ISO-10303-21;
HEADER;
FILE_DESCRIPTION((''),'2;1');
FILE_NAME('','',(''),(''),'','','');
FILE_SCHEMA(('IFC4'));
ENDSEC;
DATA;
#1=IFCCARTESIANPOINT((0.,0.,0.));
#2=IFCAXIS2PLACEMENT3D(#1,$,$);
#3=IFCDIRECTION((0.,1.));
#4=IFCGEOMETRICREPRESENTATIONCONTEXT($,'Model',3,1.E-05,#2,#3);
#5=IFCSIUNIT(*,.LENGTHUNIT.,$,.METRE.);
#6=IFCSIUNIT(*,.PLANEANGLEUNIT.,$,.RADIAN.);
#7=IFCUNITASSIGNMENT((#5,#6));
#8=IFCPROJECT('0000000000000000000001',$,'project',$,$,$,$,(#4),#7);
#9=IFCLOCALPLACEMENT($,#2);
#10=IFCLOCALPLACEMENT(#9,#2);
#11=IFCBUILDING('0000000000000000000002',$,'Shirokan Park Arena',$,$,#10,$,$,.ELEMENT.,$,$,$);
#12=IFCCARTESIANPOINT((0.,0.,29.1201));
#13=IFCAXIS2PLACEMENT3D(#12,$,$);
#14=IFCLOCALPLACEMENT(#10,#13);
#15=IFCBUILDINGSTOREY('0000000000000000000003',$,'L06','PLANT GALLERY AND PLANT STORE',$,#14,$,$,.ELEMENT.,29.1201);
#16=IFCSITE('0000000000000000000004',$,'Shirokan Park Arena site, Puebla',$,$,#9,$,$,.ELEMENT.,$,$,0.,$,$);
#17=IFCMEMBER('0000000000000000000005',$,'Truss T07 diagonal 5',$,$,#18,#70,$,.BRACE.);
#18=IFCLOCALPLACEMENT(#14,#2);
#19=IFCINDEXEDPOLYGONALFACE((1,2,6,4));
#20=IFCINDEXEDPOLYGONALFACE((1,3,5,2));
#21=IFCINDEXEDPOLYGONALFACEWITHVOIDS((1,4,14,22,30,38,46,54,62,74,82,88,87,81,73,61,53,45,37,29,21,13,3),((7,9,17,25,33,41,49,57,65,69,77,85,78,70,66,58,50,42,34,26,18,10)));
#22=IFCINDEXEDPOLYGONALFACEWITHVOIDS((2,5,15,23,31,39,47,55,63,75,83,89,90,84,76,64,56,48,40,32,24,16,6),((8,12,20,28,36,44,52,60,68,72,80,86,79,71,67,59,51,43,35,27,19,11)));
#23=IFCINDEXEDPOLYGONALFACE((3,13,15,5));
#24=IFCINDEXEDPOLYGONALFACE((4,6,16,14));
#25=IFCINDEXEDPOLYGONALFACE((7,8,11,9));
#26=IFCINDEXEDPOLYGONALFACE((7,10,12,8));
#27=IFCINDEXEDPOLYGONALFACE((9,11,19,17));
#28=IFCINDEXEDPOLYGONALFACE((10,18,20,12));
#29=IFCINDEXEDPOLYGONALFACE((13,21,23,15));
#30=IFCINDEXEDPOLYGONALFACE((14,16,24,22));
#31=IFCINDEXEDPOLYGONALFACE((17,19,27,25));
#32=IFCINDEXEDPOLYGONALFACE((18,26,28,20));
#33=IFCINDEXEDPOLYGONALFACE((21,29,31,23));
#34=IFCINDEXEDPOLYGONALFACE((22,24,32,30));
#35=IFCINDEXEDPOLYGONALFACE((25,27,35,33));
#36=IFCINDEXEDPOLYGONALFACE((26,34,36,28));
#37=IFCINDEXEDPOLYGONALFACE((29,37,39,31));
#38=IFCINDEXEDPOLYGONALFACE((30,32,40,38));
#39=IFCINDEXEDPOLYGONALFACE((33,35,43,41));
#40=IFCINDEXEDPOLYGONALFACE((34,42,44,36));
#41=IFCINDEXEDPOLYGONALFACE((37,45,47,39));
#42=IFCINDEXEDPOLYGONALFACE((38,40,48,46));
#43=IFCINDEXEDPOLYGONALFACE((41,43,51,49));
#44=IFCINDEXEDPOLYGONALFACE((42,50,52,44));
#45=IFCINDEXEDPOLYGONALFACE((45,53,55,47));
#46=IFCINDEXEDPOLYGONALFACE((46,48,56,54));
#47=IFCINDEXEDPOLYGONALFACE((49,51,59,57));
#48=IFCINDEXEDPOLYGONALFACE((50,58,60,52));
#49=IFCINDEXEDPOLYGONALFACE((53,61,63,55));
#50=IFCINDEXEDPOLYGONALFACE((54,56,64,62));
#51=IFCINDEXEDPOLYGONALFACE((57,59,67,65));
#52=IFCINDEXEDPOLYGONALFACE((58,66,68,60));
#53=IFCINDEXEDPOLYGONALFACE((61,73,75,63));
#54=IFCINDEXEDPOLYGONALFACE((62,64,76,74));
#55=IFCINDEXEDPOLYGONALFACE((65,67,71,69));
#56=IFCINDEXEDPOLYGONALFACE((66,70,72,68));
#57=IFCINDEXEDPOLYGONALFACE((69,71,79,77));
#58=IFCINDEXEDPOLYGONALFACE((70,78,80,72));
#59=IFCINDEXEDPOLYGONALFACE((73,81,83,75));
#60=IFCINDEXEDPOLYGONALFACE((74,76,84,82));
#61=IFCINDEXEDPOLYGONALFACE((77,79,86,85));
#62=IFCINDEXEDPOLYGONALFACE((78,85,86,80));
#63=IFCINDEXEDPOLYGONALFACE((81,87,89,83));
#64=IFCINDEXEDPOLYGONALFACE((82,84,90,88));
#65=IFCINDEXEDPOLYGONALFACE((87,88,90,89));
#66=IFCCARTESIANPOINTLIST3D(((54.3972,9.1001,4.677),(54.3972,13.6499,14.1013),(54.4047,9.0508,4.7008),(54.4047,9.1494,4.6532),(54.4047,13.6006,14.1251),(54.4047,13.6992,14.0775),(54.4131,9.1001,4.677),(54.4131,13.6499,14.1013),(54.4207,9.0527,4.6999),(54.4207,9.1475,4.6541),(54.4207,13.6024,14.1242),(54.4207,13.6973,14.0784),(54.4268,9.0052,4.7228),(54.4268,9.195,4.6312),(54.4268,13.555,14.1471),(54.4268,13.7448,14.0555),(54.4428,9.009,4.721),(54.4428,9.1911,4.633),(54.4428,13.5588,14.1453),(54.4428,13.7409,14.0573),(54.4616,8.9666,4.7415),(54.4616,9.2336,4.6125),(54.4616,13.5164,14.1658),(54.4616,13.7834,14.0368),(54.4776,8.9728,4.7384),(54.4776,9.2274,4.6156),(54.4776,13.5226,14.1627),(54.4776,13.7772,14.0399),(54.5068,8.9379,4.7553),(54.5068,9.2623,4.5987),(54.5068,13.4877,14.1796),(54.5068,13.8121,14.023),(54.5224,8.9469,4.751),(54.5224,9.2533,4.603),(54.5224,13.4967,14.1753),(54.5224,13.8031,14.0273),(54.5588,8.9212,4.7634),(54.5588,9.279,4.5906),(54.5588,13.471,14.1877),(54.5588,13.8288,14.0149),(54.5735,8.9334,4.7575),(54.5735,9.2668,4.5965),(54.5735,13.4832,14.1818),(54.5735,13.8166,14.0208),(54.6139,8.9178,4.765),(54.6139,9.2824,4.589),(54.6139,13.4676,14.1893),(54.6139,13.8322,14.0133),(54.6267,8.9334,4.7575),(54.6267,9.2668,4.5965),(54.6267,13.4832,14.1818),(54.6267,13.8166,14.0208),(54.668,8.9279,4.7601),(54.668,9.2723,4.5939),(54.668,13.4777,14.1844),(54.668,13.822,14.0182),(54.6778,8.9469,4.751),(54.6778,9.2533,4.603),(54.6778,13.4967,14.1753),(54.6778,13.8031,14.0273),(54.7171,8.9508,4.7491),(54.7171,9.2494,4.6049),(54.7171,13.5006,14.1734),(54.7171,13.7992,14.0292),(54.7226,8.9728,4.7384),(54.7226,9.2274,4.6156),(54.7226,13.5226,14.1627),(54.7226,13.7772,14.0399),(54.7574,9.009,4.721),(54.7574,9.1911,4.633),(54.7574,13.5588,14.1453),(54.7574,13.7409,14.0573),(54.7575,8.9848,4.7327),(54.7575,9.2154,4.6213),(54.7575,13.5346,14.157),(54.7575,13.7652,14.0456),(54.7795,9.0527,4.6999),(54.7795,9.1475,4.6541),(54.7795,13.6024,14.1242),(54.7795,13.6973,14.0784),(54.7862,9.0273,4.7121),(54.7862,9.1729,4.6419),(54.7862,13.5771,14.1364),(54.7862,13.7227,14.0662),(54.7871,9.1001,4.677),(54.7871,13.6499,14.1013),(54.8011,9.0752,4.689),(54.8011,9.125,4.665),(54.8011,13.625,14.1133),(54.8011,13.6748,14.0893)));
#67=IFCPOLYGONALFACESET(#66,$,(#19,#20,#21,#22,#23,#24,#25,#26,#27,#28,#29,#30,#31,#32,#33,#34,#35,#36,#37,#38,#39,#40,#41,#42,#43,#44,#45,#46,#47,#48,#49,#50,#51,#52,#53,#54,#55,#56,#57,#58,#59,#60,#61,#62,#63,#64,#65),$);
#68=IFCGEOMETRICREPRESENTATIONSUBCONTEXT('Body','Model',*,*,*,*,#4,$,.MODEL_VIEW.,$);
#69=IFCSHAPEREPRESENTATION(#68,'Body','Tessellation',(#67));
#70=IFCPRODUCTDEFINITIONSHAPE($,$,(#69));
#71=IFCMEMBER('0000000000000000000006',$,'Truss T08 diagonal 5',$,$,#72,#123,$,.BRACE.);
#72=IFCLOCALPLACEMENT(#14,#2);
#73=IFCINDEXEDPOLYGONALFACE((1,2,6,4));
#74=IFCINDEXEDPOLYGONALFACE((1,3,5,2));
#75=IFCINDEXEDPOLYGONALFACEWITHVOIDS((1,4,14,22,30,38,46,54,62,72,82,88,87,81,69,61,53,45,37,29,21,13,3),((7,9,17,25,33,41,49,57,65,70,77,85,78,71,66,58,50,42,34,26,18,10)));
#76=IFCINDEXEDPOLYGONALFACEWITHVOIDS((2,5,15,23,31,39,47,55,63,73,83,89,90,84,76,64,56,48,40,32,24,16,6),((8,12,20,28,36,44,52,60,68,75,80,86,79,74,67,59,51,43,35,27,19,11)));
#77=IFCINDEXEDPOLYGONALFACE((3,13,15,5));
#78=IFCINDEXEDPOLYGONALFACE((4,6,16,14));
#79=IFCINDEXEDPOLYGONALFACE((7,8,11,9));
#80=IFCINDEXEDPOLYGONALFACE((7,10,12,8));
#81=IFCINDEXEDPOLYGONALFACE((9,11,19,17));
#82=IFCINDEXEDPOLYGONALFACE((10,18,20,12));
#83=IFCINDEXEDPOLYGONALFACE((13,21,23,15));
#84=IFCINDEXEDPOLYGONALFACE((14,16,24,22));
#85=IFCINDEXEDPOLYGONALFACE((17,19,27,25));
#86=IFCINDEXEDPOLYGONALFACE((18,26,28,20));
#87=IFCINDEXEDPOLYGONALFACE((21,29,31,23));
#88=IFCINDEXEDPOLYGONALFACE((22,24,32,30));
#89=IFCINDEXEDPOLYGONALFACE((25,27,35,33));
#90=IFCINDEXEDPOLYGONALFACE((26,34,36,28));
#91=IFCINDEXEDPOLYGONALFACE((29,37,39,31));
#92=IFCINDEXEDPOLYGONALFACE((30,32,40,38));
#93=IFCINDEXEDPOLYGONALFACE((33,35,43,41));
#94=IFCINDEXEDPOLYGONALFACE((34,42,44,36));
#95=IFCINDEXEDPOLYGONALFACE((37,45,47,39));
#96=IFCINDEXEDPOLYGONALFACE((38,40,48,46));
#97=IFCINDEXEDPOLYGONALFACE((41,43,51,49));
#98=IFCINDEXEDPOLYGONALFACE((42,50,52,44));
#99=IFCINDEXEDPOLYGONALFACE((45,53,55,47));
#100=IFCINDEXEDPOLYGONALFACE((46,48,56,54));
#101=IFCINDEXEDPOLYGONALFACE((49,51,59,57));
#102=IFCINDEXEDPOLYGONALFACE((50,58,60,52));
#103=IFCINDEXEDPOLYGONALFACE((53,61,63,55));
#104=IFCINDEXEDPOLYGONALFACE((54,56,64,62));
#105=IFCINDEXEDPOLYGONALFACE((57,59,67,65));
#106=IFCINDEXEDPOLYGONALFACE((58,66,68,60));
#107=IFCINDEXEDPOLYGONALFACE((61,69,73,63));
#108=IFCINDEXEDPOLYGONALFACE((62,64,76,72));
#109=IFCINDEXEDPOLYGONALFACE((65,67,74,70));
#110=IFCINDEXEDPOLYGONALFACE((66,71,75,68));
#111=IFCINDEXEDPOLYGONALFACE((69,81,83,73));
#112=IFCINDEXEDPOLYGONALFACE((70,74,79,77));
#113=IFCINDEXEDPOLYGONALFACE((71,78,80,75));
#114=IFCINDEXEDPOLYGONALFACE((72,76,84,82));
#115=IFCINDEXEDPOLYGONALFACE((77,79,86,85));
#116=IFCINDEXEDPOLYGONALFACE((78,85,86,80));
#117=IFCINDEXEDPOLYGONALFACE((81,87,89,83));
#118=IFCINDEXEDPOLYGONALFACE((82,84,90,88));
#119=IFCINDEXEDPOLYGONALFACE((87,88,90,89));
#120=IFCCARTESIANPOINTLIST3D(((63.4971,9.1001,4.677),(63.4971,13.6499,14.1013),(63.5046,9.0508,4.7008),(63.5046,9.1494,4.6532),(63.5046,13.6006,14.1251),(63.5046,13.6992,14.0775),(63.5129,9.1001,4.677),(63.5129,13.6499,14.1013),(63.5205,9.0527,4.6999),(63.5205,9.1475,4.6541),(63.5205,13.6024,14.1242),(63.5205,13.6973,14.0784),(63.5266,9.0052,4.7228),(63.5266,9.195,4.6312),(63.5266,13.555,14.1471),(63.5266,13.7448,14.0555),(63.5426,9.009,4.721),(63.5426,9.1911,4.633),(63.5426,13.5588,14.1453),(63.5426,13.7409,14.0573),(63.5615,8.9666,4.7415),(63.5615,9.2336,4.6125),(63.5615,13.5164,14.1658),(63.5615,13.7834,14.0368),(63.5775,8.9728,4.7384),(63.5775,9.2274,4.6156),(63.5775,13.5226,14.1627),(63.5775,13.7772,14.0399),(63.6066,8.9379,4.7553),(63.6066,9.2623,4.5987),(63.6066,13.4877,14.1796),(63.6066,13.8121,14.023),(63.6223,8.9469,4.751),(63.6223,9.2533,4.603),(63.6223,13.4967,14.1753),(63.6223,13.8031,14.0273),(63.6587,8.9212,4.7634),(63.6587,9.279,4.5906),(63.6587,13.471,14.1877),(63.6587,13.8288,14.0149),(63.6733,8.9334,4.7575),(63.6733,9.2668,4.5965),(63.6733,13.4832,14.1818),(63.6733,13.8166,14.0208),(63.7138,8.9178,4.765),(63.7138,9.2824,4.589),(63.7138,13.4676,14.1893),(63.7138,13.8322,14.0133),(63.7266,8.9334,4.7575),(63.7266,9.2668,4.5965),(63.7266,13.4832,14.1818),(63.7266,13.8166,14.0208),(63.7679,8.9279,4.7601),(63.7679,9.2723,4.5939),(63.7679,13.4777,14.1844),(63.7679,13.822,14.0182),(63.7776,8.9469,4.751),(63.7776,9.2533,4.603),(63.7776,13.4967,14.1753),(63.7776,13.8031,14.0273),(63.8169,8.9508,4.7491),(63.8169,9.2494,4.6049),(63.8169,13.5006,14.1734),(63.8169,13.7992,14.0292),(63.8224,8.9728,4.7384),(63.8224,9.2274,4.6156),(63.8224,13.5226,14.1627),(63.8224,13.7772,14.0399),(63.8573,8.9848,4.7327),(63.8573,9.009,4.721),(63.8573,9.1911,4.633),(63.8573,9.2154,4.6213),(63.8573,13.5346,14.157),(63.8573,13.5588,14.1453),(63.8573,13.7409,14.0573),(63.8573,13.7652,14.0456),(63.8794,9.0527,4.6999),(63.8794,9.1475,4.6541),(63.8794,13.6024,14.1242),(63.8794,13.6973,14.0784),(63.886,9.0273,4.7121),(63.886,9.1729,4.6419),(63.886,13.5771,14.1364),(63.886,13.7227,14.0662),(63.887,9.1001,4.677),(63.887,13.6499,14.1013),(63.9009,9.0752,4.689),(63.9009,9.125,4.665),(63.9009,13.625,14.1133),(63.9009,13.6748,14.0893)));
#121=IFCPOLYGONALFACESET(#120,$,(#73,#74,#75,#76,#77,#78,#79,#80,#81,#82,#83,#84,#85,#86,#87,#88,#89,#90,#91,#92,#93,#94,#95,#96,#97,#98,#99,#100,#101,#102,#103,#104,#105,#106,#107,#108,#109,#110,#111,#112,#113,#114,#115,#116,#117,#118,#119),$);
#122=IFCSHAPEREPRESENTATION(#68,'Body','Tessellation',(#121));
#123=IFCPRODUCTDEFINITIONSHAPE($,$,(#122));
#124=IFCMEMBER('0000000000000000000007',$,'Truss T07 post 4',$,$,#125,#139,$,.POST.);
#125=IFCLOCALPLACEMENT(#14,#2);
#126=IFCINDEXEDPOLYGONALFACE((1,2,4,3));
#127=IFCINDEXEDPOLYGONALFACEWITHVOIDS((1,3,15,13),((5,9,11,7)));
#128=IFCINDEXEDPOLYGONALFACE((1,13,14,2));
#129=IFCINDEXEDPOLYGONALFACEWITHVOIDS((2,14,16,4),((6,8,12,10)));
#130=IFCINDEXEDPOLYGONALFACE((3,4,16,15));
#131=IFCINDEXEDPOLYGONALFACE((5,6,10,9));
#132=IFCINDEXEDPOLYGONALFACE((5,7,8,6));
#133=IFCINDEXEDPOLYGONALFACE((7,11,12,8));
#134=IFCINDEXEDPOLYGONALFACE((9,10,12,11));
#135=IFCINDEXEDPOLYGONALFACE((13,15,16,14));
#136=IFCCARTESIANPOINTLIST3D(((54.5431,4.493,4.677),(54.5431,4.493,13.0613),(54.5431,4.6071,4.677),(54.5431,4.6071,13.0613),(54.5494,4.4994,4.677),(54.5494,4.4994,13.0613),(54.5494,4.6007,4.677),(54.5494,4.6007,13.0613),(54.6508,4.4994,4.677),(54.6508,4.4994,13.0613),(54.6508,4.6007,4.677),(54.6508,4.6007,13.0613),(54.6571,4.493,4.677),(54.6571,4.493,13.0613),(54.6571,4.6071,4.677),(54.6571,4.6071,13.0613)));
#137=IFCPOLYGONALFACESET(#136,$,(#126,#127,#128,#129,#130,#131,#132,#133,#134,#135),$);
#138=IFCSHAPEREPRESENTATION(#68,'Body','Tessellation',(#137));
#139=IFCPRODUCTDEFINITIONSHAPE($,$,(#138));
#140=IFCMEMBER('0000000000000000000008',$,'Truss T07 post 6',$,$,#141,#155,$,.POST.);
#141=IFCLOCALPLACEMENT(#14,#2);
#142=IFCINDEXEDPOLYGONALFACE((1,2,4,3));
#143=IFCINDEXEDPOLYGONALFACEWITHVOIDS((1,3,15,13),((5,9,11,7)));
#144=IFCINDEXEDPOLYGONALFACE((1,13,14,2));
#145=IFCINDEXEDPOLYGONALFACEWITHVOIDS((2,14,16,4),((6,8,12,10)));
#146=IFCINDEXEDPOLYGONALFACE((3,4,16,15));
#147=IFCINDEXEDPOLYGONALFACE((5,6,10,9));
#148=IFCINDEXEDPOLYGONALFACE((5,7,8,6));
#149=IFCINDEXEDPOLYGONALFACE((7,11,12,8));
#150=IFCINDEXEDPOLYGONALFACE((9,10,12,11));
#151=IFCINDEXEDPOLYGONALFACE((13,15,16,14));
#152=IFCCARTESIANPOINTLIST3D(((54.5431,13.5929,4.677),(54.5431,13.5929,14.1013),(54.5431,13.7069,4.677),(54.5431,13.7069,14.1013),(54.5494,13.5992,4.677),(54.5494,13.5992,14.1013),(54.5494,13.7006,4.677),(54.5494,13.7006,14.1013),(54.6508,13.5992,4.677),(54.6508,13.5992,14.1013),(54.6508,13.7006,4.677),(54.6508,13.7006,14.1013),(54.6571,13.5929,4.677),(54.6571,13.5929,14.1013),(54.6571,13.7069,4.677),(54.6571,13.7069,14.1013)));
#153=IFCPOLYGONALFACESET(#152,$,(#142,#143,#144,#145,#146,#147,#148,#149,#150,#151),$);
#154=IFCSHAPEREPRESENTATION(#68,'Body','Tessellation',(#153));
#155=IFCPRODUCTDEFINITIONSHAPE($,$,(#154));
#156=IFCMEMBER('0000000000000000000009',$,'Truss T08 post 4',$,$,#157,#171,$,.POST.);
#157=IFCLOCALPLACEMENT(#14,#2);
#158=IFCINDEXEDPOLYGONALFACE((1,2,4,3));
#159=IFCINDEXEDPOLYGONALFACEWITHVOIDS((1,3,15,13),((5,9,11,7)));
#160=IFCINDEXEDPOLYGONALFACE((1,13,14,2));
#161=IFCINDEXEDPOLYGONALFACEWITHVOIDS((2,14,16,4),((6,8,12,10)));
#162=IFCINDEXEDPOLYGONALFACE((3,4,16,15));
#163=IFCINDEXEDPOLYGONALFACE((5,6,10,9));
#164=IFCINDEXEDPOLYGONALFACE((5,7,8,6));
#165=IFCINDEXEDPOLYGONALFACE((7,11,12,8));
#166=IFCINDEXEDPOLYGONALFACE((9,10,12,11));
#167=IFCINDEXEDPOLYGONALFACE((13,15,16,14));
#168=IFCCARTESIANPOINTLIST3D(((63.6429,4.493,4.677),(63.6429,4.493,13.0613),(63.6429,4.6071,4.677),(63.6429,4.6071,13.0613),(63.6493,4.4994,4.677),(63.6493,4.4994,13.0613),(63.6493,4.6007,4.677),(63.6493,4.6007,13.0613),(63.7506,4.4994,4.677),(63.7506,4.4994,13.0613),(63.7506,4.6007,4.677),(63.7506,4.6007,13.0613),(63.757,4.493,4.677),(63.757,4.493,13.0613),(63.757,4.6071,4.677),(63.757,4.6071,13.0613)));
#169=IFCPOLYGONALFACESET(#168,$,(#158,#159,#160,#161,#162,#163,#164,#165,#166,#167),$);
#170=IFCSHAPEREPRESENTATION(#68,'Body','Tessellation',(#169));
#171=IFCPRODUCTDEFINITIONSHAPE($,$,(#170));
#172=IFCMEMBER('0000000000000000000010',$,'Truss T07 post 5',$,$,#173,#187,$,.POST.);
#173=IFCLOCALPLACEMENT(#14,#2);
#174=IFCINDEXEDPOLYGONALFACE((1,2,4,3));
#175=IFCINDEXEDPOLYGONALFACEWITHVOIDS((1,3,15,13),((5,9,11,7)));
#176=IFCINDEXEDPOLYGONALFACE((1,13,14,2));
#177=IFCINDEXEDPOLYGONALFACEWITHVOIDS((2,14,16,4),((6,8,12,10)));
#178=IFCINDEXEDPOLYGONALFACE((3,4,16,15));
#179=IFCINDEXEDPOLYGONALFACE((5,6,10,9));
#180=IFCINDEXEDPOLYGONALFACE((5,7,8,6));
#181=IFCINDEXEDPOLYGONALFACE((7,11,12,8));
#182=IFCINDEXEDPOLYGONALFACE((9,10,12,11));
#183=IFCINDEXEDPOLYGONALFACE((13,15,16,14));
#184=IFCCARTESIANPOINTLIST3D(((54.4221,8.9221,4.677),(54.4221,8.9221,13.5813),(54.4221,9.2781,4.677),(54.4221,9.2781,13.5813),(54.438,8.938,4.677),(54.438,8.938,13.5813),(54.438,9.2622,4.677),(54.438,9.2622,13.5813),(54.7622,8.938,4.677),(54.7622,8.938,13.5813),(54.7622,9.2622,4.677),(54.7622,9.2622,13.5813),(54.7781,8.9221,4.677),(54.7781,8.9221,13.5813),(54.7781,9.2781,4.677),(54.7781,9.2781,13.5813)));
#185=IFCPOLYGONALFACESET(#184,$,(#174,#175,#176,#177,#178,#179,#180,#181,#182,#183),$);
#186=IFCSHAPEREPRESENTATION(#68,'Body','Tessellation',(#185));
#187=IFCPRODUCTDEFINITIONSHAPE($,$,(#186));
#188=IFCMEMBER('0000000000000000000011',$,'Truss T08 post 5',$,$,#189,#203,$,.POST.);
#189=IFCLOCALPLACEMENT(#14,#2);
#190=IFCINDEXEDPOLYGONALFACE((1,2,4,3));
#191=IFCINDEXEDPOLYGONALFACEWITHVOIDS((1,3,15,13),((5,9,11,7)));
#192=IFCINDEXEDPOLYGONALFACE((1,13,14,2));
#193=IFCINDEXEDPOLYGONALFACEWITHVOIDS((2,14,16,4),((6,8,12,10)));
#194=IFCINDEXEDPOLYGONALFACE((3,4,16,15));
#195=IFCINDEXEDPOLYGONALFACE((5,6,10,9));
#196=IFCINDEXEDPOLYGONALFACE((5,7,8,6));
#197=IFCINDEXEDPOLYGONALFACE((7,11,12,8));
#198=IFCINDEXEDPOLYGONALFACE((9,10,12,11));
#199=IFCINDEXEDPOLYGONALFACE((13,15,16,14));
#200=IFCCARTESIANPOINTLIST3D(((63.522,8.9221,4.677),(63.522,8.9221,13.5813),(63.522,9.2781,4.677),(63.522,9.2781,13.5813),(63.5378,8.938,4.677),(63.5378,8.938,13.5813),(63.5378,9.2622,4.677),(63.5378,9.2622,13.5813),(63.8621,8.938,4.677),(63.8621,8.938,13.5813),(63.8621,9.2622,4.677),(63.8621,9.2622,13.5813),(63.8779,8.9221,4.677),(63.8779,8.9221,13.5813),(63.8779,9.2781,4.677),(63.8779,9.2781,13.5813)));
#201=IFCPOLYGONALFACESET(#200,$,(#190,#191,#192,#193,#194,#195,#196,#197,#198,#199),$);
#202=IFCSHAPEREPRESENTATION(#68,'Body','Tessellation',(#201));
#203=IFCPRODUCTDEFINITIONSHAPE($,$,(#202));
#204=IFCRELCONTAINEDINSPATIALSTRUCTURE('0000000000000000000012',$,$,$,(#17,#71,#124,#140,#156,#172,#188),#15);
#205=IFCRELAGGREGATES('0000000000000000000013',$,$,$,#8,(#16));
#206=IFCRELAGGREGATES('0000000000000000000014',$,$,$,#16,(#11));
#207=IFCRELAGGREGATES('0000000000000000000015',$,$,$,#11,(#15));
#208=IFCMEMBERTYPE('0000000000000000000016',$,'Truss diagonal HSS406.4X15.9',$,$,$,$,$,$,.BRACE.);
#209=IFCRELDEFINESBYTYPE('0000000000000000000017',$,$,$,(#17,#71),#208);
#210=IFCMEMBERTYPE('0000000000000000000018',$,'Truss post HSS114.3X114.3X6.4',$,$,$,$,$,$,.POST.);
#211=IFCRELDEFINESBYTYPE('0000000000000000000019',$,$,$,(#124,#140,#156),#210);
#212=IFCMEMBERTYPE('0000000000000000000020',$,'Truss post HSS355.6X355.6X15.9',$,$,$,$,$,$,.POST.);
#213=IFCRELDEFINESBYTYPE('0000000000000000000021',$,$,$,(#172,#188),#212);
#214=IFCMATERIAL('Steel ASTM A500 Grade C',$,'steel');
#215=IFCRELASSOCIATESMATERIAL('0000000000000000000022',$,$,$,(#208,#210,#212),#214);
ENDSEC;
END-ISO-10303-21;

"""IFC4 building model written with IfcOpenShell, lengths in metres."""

from ifc_helpers import new_model, si_unit, direction, frame, origin, origin_2d, place, context, subcontext, project, spatial, hollow_rectangle, hollow_circle, extrude, material, material_profile, profile_set, type_object, element, save


model = new_model("IFC4")

# Units and contexts
model_context = context("Model", 3, precision=1e-05, world=origin(), true_north=direction((0.0, 1.0)))
body_context = subcontext(model_context, "Body", "Model", "MODEL_VIEW")
ifc_project = project(units=[si_unit("LENGTHUNIT", "METRE"), si_unit("PLANEANGLEUNIT", "RADIAN")], contexts=[model_context])

# Site, building, storey
site_placement = place(None, origin())
site = spatial("IfcSite", under=ifc_project, at=site_placement, Name="Shirokan Park Arena site, Puebla", CompositionType="ELEMENT", RefElevation=0.0)
building_placement = place(site_placement, origin())
building = spatial("IfcBuilding", under=site, at=building_placement, Name="Shirokan Park Arena", CompositionType="ELEMENT")
storey_placement = place(building_placement, frame((0.0, 0.0, 29.1201)))
storey = spatial("IfcBuildingStorey", under=building, at=storey_placement, Name="L06", Description="PLANT GALLERY AND PLANT STORE", CompositionType="ELEMENT", Elevation=29.1201)

# Shared definitions
ifc_material_1 = material(Name="Steel ASTM A500 Grade C", Category="steel")

# Members
ifc_material_profile_1 = material_profile(ifc_material_1, hollow_circle(Radius=0.2029, WallThickness=0.0159, at=origin_2d()), Name="HSS406.4X15.9")
ifc_profile_set_1 = profile_set([ifc_material_profile_1], Name="Steel ASTM A500 Grade C")
member_type_1 = type_object("IfcMemberType", Name="Truss diagonal HSS406.4X15.9", PredefinedType="BRACE", material=ifc_profile_set_1)
for number, where, z_axis, x_axis, name in (
    (1, (54.6001, 9.1001, 4.677), (0.0, 0.43476, 0.900547), (-1.0, 0.0, 0.0), "Truss T07 diagonal 5"),
    (2, (63.7, 9.1001, 4.677), (0.0, 0.43476, 0.900547), (-1.0, 0.0, 0.0), "Truss T08 diagonal 5"),
):
    element("IfcMember", number, at=place(storey_placement, frame(where, z_axis=z_axis, x_axis=x_axis)), inside=storey, type_object=member_type_1, Name=name, PredefinedType="BRACE", context=body_context, shape_type="SweptSolid", body=[
        extrude(hollow_circle(Radius=0.2029, WallThickness=0.0159, at=origin_2d()), origin(), (0.0, 0.0, 1.0), 10.4651),
    ])
ifc_material_profile_2 = material_profile(ifc_material_1, hollow_rectangle(XDim=0.114, YDim=0.114, WallThickness=0.0063, at=origin_2d()), Name="HSS114.3X114.3X6.4")
ifc_profile_set_2 = profile_set([ifc_material_profile_2], Name="Steel ASTM A500 Grade C")
member_type_2 = type_object("IfcMemberType", Name="Truss post HSS114.3X114.3X6.4", PredefinedType="POST", material=ifc_profile_set_2)
member_1_placement = place(storey_placement, frame((54.6001, 4.55, 4.677), z_axis=(0.0, 0.0, 1.0), x_axis=(1.0, 0.0, 0.0)))
element("IfcMember", 3, at=member_1_placement, inside=storey, type_object=member_type_2, Name="Truss T07 post 4", PredefinedType="POST", context=body_context, shape_type="SweptSolid", body=[
    extrude(hollow_rectangle(XDim=0.114, YDim=0.114, WallThickness=0.0063, at=origin_2d()), origin(), (0.0, 0.0, 1.0), 8.3843),
])
member_2_placement = place(storey_placement, frame((54.6001, 13.6499, 4.677), z_axis=(0.0, 0.0, 1.0), x_axis=(1.0, 0.0, 0.0)))
element("IfcMember", 4, at=member_2_placement, inside=storey, type_object=member_type_2, Name="Truss T07 post 6", PredefinedType="POST", context=body_context, shape_type="SweptSolid", body=[
    extrude(hollow_rectangle(XDim=0.114, YDim=0.114, WallThickness=0.0063, at=origin_2d()), origin(), (0.0, 0.0, 1.0), 9.4243),
])
member_3_placement = place(storey_placement, frame((63.7, 4.55, 4.677), z_axis=(0.0, 0.0, 1.0), x_axis=(1.0, 0.0, 0.0)))
element("IfcMember", 5, at=member_3_placement, inside=storey, type_object=member_type_2, Name="Truss T08 post 4", PredefinedType="POST", context=body_context, shape_type="SweptSolid", body=[
    extrude(hollow_rectangle(XDim=0.114, YDim=0.114, WallThickness=0.0063, at=origin_2d()), origin(), (0.0, 0.0, 1.0), 8.3843),
])
ifc_material_profile_3 = material_profile(ifc_material_1, hollow_rectangle(XDim=0.356, YDim=0.356, WallThickness=0.0159, at=origin_2d()), Name="HSS355.6X355.6X15.9")
ifc_profile_set_3 = profile_set([ifc_material_profile_3], Name="Steel ASTM A500 Grade C")
member_type_3 = type_object("IfcMemberType", Name="Truss post HSS355.6X355.6X15.9", PredefinedType="POST", material=ifc_profile_set_3)
for number, where, z_axis, x_axis, name in (
    (6, (54.6001, 9.1001, 4.677), (0.0, 0.0, 1.0), (1.0, 0.0, 0.0), "Truss T07 post 5"),
    (7, (63.7, 9.1001, 4.677), (0.0, 0.0, 1.0), (1.0, 0.0, 0.0), "Truss T08 post 5"),
):
    element("IfcMember", number, at=place(storey_placement, frame(where, z_axis=z_axis, x_axis=x_axis)), inside=storey, type_object=member_type_3, Name=name, PredefinedType="POST", context=body_context, shape_type="SweptSolid", body=[
        extrude(hollow_rectangle(XDim=0.356, YDim=0.356, WallThickness=0.0159, at=origin_2d()), origin(), (0.0, 0.0, 1.0), 8.9043),
    ])

save(model, "model.ifc")
